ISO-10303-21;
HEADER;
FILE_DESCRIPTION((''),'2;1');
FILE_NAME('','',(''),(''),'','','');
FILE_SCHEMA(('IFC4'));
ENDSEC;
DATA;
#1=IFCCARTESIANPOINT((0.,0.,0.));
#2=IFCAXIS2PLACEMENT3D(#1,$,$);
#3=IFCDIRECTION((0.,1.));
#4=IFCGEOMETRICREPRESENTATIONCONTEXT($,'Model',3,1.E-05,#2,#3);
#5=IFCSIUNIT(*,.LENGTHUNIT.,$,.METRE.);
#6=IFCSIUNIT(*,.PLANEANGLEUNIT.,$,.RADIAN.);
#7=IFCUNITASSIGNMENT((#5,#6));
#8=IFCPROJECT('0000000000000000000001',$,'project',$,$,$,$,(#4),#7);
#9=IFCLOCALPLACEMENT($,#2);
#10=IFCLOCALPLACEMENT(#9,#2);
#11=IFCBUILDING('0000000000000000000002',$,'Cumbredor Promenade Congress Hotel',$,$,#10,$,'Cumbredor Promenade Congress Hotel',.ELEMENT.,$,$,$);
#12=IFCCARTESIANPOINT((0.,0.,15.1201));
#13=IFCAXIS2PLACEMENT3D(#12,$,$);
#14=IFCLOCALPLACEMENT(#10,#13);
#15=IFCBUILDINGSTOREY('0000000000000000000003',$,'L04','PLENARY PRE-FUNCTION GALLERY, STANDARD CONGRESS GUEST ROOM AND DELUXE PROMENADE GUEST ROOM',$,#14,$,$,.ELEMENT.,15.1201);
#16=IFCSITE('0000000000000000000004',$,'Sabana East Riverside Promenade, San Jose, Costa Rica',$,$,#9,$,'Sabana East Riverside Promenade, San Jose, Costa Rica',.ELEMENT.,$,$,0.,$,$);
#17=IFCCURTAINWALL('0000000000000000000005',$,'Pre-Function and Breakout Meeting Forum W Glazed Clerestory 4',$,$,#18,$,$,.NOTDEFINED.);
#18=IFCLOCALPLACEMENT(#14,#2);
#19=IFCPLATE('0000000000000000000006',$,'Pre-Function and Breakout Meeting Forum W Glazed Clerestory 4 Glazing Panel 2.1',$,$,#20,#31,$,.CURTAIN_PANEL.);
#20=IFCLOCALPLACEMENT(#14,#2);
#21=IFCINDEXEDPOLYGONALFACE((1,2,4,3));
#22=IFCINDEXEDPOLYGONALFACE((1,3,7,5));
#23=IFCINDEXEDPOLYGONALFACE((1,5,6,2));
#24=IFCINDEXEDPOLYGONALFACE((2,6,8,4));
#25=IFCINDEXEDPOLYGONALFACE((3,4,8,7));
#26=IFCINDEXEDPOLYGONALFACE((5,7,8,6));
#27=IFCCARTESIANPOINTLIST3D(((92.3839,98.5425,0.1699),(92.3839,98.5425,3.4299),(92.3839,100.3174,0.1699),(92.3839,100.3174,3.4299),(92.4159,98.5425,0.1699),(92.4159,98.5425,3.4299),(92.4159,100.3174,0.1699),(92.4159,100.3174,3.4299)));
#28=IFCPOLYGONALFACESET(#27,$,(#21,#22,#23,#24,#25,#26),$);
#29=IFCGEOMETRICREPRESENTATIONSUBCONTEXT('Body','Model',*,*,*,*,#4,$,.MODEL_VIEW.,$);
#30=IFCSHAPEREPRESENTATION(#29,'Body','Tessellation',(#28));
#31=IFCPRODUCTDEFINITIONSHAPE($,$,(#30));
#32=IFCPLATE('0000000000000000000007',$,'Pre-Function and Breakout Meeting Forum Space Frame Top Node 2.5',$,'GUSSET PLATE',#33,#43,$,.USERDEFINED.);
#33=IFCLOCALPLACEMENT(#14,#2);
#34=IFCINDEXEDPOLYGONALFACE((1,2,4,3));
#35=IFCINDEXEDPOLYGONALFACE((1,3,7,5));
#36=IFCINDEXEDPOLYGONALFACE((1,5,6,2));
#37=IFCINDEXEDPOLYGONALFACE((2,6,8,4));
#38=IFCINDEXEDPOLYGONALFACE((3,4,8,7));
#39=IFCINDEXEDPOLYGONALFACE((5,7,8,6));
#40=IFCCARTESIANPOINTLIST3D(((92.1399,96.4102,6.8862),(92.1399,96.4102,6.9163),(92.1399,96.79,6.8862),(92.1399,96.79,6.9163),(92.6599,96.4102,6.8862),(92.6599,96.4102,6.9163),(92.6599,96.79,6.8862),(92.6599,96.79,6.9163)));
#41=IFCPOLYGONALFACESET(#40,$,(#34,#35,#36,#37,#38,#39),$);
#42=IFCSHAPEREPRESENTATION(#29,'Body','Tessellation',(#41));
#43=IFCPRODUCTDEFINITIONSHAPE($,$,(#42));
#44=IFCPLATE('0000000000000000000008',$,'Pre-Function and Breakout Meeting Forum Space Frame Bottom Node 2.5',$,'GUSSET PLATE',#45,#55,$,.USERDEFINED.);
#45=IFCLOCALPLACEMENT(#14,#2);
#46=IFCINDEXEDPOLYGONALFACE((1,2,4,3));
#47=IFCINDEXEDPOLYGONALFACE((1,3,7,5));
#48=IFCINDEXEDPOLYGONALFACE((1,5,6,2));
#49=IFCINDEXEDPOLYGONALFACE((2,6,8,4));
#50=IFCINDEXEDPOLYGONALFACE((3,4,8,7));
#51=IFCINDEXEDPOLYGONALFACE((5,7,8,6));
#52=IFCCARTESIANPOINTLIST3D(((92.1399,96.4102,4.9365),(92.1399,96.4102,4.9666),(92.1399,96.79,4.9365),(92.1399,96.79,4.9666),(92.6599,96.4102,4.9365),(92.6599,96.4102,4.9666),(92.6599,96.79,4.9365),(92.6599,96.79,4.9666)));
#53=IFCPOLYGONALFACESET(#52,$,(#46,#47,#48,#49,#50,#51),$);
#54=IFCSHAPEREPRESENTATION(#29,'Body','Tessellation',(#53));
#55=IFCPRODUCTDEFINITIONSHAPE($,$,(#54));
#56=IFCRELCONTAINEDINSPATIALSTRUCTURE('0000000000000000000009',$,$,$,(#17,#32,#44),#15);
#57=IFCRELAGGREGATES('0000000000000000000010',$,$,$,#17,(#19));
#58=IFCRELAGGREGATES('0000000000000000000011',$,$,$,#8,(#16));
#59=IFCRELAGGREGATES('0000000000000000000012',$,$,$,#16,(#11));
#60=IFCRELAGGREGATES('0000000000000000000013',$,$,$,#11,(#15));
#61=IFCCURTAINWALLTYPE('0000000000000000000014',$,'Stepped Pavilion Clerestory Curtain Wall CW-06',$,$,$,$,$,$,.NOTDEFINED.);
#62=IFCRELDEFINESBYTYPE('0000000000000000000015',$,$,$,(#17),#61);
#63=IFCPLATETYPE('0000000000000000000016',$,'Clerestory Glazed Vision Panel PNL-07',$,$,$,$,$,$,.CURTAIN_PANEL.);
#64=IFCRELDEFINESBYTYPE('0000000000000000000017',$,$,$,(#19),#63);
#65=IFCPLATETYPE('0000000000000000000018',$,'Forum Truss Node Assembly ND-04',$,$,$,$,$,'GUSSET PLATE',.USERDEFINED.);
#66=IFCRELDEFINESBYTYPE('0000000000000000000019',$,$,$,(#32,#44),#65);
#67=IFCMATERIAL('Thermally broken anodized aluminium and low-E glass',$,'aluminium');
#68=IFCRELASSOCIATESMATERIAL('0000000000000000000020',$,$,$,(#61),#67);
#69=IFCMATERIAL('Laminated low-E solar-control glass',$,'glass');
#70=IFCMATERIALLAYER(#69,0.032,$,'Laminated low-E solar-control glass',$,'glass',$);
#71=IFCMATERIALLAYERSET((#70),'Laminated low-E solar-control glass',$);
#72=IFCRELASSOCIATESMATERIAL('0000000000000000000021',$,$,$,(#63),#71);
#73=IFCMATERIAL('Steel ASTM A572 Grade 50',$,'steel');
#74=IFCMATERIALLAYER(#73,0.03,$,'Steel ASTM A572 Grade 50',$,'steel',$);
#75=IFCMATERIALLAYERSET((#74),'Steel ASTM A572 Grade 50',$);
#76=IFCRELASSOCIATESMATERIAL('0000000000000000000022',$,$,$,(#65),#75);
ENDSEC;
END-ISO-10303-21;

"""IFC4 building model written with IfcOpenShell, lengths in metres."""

from ifc_helpers import new_model, si_unit, direction, frame, origin, origin_2d, place, context, subcontext, project, spatial, rectangle, extrude, material, layer, layer_set, type_object, element, aggregate, save


model = new_model("IFC4")

# Units and contexts
model_context = context("Model", 3, precision=1e-05, world=origin(), true_north=direction((0.0, 1.0)))
body_context = subcontext(model_context, "Body", "Model", "MODEL_VIEW")
ifc_project = project(units=[si_unit("LENGTHUNIT", "METRE"), si_unit("PLANEANGLEUNIT", "RADIAN")], contexts=[model_context])

# Site, building, storey
site_placement = place(None, origin())
site = spatial("IfcSite", under=ifc_project, at=site_placement, Name="Sabana East Riverside Promenade, San Jose, Costa Rica", LongName="Sabana East Riverside Promenade, San Jose, Costa Rica", CompositionType="ELEMENT", RefElevation=0.0)
building_placement = place(site_placement, origin())
building = spatial("IfcBuilding", under=site, at=building_placement, Name="Cumbredor Promenade Congress Hotel", LongName="Cumbredor Promenade Congress Hotel", CompositionType="ELEMENT")
storey_placement = place(building_placement, frame((0.0, 0.0, 15.1201)))
storey = spatial("IfcBuildingStorey", under=building, at=storey_placement, Name="L04", Description="PLENARY PRE-FUNCTION GALLERY, STANDARD CONGRESS GUEST ROOM AND DELUXE PROMENADE GUEST ROOM", CompositionType="ELEMENT", Elevation=15.1201)

# Curtain wall
ifc_material_1 = material(Name="Thermally broken anodized aluminium and low-E glass", Category="aluminium")
curtain_wall_type = type_object("IfcCurtainWallType", Name="Stepped Pavilion Clerestory Curtain Wall CW-06", PredefinedType="NOTDEFINED", material=ifc_material_1)
curtain_wall_1_placement = place(storey_placement, origin())
curtain_wall_1 = element("IfcCurtainWall", 1, at=curtain_wall_1_placement, inside=storey, type_object=curtain_wall_type, Name="Pre-Function and Breakout Meeting Forum W Glazed Clerestory 4", PredefinedType="NOTDEFINED")

# Plate
ifc_material_2 = material(Name="Laminated low-E solar-control glass", Category="glass")
ifc_layer_1 = layer(ifc_material_2, 0.032, Name="Laminated low-E solar-control glass", Category="glass")
ifc_layer_set_1 = layer_set([ifc_layer_1], Name="Laminated low-E solar-control glass")
plate_type_1 = type_object("IfcPlateType", Name="Clerestory Glazed Vision Panel PNL-07", PredefinedType="CURTAIN_PANEL", material=ifc_layer_set_1)
plate_1_placement = place(storey_placement, frame((92.3999, 99.4299, 0.1699), z_axis=(0.0, 0.0, 1.0), x_axis=(0.0, 1.0, 0.0)))
plate_1 = element("IfcPlate", 2, at=plate_1_placement, type_object=plate_type_1, Name="Pre-Function and Breakout Meeting Forum W Glazed Clerestory 4 Glazing Panel 2.1", PredefinedType="CURTAIN_PANEL", context=body_context, shape_type="SweptSolid", body=[
    extrude(rectangle(XDim=1.7749, YDim=0.032, at=origin_2d()), origin(), (0.0, 0.0, 1.0), 3.26),
])
aggregate(curtain_wall_1, [plate_1])

# Plates
ifc_material_3 = material(Name="Steel ASTM A572 Grade 50", Category="steel")
ifc_layer_2 = layer(ifc_material_3, 0.03, Name="Steel ASTM A572 Grade 50", Category="steel")
ifc_layer_set_2 = layer_set([ifc_layer_2], Name="Steel ASTM A572 Grade 50")
plate_type_2 = type_object("IfcPlateType", Name="Forum Truss Node Assembly ND-04", ElementType="GUSSET PLATE", PredefinedType="USERDEFINED", material=ifc_layer_set_2)
for number, where, z_axis, x_axis, name in (
    (3, (92.3999, 96.6001, 6.8862), (0.0, 0.0, 1.0), (1.0, 0.0, 0.0), "Pre-Function and Breakout Meeting Forum Space Frame Top Node 2.5"),
    (4, (92.3999, 96.6001, 4.9365), (0.0, 0.0, 1.0), (1.0, 0.0, 0.0), "Pre-Function and Breakout Meeting Forum Space Frame Bottom Node 2.5"),
):
    element("IfcPlate", number, at=place(storey_placement, frame(where, z_axis=z_axis, x_axis=x_axis)), inside=storey, type_object=plate_type_2, Name=name, ObjectType="GUSSET PLATE", PredefinedType="USERDEFINED", context=body_context, shape_type="SweptSolid", body=[
        extrude(rectangle(XDim=0.52, YDim=0.3799, at=origin_2d()), origin(), (0.0, 0.0, 1.0), 0.03),
    ])

save(model, "model.ifc")
